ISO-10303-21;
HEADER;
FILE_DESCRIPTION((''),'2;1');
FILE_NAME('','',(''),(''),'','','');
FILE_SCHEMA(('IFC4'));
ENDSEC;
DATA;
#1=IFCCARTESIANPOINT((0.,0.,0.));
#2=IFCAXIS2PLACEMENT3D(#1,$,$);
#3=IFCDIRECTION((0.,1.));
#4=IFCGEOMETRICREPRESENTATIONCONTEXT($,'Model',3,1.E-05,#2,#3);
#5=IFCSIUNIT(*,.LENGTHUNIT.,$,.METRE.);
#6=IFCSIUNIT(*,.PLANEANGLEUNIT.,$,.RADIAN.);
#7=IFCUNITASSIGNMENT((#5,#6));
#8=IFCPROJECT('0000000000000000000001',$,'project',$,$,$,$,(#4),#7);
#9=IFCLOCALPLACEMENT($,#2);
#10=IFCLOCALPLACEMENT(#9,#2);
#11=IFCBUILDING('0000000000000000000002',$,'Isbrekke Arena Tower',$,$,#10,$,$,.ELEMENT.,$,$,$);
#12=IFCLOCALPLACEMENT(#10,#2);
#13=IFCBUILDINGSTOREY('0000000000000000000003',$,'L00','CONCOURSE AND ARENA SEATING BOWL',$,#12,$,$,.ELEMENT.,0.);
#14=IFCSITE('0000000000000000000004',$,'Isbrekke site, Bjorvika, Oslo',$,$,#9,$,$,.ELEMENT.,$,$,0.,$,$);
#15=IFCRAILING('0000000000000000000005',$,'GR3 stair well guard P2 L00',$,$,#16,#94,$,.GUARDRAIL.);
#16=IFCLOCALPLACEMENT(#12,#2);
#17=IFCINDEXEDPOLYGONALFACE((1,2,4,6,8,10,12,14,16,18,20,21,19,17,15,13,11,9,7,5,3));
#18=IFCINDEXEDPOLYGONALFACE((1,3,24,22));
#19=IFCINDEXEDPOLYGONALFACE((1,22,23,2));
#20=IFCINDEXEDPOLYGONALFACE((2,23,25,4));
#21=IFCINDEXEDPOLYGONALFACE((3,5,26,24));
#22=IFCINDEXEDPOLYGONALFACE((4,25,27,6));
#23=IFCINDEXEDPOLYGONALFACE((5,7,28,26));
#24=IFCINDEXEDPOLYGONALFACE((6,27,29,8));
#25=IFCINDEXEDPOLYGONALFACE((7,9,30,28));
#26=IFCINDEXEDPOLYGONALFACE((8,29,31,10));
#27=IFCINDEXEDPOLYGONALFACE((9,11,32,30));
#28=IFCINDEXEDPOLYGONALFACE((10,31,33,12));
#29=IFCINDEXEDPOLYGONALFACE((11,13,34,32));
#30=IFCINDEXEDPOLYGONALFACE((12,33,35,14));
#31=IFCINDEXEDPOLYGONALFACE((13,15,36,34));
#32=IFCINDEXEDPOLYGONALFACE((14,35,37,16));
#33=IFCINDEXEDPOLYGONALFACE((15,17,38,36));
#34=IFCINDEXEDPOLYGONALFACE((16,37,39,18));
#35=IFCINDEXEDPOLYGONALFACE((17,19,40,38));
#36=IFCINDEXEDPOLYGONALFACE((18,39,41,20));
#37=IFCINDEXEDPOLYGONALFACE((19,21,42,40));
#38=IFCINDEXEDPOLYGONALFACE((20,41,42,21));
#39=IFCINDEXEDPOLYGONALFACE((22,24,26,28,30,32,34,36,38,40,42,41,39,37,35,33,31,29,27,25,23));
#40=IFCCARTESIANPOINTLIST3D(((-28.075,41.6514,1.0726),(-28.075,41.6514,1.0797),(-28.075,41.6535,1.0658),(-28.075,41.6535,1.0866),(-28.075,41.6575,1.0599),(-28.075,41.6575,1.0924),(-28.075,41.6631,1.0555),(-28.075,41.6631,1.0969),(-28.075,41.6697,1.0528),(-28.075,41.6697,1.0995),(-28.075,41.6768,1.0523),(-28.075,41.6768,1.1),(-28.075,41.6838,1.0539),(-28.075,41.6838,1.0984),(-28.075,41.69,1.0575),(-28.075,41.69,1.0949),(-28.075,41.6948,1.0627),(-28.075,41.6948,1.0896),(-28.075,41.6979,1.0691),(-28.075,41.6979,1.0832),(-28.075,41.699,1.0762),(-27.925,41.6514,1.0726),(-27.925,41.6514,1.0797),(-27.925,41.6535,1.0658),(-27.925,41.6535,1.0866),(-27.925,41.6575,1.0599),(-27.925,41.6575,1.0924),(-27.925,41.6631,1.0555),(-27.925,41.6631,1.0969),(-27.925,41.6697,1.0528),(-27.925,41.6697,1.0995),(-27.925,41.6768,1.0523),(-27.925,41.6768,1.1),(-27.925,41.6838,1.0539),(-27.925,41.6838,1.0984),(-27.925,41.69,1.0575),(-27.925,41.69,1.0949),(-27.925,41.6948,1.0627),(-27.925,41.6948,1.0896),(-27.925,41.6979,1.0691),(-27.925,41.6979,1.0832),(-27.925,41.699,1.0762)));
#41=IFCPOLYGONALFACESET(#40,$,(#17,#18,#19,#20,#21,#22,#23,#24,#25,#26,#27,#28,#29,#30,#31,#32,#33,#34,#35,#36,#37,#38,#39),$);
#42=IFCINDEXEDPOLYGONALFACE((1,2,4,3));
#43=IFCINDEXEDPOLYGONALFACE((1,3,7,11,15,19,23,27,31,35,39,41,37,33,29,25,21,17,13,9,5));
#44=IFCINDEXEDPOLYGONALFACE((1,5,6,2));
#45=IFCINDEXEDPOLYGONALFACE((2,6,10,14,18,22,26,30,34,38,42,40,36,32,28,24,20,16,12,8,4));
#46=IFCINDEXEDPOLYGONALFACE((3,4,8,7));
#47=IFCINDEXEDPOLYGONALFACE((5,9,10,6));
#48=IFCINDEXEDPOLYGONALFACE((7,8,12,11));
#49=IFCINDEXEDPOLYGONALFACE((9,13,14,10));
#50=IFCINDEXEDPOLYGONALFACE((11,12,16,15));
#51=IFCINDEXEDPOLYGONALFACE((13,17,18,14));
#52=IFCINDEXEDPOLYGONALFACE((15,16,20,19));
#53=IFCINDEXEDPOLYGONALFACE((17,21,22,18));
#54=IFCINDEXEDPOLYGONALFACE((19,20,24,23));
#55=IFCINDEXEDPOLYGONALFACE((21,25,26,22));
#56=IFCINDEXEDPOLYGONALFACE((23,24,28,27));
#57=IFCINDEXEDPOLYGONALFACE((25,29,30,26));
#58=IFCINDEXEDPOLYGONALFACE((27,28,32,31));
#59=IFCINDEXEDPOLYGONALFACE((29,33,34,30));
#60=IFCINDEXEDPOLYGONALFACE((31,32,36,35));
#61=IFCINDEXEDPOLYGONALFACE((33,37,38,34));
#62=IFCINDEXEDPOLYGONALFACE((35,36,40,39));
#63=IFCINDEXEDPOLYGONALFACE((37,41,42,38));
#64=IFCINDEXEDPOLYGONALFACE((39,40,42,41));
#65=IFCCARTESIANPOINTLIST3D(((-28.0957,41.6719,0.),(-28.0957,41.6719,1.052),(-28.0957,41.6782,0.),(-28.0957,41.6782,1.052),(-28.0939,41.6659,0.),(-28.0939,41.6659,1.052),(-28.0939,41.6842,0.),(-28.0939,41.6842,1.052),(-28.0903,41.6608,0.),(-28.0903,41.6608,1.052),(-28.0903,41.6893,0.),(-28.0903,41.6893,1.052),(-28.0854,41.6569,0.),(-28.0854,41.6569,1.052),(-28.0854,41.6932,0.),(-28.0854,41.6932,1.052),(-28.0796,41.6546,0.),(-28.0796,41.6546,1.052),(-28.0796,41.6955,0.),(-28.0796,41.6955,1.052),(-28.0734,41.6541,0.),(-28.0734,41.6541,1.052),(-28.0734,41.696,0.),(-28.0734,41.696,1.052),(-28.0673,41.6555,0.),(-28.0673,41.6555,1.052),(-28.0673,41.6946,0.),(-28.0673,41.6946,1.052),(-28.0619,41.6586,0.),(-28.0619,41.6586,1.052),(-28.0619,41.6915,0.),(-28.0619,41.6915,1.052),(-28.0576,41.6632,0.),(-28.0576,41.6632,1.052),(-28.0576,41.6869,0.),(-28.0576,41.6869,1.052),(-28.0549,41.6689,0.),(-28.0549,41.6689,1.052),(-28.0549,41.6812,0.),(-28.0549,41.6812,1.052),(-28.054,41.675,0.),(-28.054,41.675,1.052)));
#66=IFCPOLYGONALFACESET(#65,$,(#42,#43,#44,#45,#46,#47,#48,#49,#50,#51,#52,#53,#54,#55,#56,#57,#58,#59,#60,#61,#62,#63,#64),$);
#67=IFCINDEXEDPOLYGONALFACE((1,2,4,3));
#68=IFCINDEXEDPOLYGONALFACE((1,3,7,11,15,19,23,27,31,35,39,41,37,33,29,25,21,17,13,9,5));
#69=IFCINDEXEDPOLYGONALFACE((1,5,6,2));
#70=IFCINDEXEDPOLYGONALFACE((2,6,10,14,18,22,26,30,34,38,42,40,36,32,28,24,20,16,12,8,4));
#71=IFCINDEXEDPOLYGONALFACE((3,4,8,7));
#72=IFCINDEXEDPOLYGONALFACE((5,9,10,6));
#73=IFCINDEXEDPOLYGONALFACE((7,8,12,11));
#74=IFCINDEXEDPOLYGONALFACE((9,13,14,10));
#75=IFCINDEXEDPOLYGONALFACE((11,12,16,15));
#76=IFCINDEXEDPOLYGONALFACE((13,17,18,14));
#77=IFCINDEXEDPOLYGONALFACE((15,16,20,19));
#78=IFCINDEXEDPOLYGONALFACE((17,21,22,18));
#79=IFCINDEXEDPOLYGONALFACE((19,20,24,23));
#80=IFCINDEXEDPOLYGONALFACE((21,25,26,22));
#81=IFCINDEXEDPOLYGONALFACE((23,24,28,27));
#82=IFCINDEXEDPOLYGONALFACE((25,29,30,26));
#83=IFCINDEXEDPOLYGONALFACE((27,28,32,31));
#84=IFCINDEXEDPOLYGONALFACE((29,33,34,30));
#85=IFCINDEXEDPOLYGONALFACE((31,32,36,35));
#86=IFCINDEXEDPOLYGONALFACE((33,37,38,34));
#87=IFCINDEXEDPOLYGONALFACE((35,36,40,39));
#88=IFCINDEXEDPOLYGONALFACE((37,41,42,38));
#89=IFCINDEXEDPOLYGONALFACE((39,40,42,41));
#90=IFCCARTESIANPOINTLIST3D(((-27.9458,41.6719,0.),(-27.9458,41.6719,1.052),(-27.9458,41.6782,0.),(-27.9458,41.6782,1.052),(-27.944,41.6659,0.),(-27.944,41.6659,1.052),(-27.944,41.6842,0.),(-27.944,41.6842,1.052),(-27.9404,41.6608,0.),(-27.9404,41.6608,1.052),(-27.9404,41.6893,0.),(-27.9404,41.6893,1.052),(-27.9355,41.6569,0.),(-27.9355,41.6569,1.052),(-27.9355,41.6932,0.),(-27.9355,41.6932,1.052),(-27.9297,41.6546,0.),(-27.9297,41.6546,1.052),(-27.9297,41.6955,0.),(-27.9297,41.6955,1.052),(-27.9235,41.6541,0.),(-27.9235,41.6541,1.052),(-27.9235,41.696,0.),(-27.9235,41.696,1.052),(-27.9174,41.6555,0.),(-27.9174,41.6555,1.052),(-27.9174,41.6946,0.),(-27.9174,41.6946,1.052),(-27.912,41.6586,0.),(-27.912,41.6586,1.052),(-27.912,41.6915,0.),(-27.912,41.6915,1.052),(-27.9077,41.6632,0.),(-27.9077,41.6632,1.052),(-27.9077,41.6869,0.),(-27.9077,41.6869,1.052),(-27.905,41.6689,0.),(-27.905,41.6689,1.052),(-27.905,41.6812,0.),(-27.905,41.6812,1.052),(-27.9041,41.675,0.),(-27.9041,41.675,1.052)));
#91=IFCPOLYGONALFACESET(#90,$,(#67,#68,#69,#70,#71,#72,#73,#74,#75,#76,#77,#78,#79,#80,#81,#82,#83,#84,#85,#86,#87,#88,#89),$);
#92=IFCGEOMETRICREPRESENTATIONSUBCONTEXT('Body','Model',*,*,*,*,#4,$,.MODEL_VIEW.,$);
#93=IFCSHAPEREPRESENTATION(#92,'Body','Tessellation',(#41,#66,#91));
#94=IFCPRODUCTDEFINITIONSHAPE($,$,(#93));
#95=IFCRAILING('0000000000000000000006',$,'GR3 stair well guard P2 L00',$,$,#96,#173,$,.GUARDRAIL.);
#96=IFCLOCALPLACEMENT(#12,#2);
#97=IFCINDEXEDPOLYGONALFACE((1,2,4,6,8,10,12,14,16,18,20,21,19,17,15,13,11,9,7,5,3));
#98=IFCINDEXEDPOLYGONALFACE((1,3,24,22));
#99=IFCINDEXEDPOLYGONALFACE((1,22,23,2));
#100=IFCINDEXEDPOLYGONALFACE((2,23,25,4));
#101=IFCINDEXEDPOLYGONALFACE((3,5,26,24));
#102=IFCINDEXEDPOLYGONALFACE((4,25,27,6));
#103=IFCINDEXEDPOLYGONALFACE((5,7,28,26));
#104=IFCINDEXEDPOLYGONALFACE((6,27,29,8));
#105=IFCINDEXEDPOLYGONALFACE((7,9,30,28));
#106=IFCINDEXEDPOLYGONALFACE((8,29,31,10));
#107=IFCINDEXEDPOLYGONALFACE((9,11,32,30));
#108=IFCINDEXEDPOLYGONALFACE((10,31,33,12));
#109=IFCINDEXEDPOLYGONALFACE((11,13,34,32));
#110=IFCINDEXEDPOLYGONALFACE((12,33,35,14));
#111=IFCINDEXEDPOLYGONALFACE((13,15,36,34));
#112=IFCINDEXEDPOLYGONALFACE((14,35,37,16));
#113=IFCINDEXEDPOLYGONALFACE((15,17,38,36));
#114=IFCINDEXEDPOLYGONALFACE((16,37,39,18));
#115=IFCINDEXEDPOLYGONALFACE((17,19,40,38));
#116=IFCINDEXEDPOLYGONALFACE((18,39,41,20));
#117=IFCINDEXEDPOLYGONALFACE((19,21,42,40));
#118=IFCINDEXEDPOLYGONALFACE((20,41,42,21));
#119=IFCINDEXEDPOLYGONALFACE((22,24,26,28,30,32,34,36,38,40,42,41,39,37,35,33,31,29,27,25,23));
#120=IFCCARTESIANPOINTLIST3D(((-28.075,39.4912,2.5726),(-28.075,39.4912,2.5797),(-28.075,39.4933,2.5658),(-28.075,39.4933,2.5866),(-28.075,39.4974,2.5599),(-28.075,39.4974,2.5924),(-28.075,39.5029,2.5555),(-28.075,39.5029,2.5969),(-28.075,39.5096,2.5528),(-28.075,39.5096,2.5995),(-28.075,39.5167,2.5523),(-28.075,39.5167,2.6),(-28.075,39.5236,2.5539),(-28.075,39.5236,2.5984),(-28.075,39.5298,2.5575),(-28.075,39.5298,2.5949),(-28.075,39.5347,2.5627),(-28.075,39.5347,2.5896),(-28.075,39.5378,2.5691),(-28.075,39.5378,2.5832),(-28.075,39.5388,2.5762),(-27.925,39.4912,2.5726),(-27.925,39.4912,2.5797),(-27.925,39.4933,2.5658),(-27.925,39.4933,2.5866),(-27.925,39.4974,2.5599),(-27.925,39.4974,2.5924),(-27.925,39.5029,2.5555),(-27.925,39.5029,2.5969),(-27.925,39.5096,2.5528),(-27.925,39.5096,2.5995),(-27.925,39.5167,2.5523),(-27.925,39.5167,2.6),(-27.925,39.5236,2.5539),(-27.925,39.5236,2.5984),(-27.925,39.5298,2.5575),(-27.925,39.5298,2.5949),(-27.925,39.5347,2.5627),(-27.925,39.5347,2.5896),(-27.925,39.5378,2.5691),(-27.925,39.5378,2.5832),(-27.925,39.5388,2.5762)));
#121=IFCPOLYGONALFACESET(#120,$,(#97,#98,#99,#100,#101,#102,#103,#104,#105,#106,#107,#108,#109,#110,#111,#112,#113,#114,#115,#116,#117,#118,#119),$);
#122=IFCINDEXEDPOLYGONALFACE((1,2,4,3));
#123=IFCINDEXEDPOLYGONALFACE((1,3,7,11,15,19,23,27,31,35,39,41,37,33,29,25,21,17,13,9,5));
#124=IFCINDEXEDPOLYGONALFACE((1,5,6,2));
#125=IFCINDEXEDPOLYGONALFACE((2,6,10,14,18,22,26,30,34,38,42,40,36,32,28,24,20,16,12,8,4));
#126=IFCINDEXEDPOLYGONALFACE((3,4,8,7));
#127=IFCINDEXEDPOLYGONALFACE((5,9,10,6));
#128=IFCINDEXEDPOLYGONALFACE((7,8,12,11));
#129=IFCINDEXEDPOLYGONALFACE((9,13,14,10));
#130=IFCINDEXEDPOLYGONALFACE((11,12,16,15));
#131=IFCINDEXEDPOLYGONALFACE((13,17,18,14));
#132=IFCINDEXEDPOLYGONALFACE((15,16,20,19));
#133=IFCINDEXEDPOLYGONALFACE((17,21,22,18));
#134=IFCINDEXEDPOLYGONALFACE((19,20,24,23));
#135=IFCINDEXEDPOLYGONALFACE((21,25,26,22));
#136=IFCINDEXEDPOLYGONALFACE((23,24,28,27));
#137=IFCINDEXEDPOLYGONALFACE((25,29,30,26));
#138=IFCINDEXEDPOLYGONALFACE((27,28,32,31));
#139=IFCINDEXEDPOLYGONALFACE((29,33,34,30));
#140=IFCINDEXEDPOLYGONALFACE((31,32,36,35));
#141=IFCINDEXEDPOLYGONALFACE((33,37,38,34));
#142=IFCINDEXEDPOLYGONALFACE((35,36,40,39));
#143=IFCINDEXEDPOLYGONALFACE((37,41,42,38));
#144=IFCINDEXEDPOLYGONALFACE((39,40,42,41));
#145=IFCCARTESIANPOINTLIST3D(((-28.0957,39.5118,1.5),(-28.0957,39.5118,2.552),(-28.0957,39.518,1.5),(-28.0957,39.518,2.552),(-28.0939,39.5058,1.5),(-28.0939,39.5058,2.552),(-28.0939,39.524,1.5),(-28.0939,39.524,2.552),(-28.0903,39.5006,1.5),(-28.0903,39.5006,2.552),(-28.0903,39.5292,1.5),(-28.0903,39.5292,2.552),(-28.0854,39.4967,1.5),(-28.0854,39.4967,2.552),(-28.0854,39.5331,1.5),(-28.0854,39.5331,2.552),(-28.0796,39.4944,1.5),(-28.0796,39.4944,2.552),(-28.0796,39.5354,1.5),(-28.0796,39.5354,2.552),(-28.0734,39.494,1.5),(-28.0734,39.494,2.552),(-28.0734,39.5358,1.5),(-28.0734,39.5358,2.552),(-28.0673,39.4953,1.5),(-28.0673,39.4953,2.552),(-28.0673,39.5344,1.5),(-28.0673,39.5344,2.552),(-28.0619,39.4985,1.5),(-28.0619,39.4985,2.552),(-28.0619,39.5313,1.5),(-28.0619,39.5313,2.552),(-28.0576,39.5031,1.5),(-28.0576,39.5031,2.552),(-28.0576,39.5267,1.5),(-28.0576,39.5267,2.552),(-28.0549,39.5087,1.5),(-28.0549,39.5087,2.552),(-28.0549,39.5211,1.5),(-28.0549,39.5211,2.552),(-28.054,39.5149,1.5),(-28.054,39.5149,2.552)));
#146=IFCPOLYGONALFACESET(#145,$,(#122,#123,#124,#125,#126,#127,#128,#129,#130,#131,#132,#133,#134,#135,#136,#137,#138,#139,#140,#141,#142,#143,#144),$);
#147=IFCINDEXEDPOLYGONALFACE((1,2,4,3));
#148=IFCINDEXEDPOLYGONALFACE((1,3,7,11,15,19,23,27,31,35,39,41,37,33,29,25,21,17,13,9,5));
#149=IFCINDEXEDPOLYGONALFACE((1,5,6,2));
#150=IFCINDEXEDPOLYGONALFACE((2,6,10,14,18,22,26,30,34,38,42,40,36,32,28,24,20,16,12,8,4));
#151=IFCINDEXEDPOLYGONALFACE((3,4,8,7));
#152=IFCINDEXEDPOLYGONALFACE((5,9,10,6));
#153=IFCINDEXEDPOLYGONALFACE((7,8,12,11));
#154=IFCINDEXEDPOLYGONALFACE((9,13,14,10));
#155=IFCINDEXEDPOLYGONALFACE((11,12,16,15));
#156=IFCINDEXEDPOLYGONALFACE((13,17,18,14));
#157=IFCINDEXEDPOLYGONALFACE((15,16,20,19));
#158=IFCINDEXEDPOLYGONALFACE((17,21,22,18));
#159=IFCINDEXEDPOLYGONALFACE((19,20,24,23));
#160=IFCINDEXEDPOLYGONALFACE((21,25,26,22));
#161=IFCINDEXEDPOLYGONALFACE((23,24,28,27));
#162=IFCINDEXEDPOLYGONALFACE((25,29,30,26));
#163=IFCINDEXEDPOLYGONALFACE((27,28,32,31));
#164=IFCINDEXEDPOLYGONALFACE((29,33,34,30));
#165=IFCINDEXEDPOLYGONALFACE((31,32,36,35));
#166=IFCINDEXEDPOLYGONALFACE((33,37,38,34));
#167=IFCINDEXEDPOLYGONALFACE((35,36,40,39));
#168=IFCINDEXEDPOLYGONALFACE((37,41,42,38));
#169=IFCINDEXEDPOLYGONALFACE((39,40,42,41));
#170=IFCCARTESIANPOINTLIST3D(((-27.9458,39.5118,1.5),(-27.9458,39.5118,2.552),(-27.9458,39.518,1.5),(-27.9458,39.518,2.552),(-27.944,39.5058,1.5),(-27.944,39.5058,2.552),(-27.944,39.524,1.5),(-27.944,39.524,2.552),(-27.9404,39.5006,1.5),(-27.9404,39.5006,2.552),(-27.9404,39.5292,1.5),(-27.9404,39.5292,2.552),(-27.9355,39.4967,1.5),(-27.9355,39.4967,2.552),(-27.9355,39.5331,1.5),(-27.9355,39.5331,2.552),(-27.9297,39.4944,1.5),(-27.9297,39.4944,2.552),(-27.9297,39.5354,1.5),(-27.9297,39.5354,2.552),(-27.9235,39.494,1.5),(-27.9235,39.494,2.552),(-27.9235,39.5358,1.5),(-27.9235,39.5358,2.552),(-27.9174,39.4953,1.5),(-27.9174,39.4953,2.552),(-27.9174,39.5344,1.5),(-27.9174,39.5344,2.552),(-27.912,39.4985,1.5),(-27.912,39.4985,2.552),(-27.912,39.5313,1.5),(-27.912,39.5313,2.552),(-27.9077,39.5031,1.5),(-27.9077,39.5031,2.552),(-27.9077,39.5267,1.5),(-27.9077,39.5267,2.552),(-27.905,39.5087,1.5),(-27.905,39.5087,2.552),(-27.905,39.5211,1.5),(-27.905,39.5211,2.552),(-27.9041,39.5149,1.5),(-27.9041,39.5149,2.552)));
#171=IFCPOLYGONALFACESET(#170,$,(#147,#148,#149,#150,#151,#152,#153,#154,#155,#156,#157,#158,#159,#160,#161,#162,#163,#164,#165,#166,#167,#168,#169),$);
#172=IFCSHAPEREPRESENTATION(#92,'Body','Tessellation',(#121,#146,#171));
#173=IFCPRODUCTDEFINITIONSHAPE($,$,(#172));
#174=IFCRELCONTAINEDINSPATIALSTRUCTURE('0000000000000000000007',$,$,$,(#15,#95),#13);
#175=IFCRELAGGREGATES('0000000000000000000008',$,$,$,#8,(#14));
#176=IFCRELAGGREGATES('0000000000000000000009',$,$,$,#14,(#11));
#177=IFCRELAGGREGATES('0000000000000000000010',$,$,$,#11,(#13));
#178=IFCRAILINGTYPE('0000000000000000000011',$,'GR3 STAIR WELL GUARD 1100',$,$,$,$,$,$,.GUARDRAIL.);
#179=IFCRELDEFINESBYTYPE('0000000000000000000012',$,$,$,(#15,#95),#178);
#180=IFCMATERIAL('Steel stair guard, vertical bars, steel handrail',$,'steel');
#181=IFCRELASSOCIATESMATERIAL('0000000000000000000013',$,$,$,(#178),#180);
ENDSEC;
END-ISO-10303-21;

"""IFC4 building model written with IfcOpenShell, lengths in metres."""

from ifc_helpers import new_model, si_unit, direction, frame, origin, origin_2d, place, context, subcontext, project, spatial, circle, extrude, material, type_object, element, save


model = new_model("IFC4")

# Units and contexts
model_context = context("Model", 3, precision=1e-05, world=origin(), true_north=direction((0.0, 1.0)))
body_context = subcontext(model_context, "Body", "Model", "MODEL_VIEW")
ifc_project = project(units=[si_unit("LENGTHUNIT", "METRE"), si_unit("PLANEANGLEUNIT", "RADIAN")], contexts=[model_context])

# Site, building, storey
site_placement = place(None, origin())
site = spatial("IfcSite", under=ifc_project, at=site_placement, Name="Isbrekke site, Bjorvika, Oslo", CompositionType="ELEMENT", RefElevation=0.0)
building_placement = place(site_placement, origin())
building = spatial("IfcBuilding", under=site, at=building_placement, Name="Isbrekke Arena Tower", CompositionType="ELEMENT")
storey_placement = place(building_placement, origin())
storey = spatial("IfcBuildingStorey", under=building, at=storey_placement, Name="L00", Description="CONCOURSE AND ARENA SEATING BOWL", CompositionType="ELEMENT", Elevation=0.0)

# Railings
ifc_material_1 = material(Name="Steel stair guard, vertical bars, steel handrail", Category="steel")
railing_type = type_object("IfcRailingType", Name="GR3 STAIR WELL GUARD 1100", PredefinedType="GUARDRAIL", material=ifc_material_1)
for number, where, name in (
    (1, (-28.075, 41.675, 0.0), "GR3 stair well guard P2 L00"),
    (2, (-28.075, 39.5149, 1.5), "GR3 stair well guard P2 L00"),
):
    element("IfcRailing", number, at=place(storey_placement, frame(where)), inside=storey, type_object=railing_type, Name=name, PredefinedType="GUARDRAIL", context=body_context, shape_type="SweptSolid", body=[
        extrude(circle(Radius=0.0239, at=origin_2d()), frame((0.0, 0.0, 1.0762), z_axis=(1.0, 0.0, 0.0), x_axis=(0.0, 1.0, 0.0)), (0.0, 0.0, 1.0), 0.1499),
        extrude(circle(Radius=0.021, at=origin_2d()), origin(), (0.0, 0.0, 1.0), 1.052),
        extrude(circle(Radius=0.021, at=origin_2d()), frame((0.1499, 0.0, 0.0)), (0.0, 0.0, 1.0), 1.052),
    ])

save(model, "model.ifc")
